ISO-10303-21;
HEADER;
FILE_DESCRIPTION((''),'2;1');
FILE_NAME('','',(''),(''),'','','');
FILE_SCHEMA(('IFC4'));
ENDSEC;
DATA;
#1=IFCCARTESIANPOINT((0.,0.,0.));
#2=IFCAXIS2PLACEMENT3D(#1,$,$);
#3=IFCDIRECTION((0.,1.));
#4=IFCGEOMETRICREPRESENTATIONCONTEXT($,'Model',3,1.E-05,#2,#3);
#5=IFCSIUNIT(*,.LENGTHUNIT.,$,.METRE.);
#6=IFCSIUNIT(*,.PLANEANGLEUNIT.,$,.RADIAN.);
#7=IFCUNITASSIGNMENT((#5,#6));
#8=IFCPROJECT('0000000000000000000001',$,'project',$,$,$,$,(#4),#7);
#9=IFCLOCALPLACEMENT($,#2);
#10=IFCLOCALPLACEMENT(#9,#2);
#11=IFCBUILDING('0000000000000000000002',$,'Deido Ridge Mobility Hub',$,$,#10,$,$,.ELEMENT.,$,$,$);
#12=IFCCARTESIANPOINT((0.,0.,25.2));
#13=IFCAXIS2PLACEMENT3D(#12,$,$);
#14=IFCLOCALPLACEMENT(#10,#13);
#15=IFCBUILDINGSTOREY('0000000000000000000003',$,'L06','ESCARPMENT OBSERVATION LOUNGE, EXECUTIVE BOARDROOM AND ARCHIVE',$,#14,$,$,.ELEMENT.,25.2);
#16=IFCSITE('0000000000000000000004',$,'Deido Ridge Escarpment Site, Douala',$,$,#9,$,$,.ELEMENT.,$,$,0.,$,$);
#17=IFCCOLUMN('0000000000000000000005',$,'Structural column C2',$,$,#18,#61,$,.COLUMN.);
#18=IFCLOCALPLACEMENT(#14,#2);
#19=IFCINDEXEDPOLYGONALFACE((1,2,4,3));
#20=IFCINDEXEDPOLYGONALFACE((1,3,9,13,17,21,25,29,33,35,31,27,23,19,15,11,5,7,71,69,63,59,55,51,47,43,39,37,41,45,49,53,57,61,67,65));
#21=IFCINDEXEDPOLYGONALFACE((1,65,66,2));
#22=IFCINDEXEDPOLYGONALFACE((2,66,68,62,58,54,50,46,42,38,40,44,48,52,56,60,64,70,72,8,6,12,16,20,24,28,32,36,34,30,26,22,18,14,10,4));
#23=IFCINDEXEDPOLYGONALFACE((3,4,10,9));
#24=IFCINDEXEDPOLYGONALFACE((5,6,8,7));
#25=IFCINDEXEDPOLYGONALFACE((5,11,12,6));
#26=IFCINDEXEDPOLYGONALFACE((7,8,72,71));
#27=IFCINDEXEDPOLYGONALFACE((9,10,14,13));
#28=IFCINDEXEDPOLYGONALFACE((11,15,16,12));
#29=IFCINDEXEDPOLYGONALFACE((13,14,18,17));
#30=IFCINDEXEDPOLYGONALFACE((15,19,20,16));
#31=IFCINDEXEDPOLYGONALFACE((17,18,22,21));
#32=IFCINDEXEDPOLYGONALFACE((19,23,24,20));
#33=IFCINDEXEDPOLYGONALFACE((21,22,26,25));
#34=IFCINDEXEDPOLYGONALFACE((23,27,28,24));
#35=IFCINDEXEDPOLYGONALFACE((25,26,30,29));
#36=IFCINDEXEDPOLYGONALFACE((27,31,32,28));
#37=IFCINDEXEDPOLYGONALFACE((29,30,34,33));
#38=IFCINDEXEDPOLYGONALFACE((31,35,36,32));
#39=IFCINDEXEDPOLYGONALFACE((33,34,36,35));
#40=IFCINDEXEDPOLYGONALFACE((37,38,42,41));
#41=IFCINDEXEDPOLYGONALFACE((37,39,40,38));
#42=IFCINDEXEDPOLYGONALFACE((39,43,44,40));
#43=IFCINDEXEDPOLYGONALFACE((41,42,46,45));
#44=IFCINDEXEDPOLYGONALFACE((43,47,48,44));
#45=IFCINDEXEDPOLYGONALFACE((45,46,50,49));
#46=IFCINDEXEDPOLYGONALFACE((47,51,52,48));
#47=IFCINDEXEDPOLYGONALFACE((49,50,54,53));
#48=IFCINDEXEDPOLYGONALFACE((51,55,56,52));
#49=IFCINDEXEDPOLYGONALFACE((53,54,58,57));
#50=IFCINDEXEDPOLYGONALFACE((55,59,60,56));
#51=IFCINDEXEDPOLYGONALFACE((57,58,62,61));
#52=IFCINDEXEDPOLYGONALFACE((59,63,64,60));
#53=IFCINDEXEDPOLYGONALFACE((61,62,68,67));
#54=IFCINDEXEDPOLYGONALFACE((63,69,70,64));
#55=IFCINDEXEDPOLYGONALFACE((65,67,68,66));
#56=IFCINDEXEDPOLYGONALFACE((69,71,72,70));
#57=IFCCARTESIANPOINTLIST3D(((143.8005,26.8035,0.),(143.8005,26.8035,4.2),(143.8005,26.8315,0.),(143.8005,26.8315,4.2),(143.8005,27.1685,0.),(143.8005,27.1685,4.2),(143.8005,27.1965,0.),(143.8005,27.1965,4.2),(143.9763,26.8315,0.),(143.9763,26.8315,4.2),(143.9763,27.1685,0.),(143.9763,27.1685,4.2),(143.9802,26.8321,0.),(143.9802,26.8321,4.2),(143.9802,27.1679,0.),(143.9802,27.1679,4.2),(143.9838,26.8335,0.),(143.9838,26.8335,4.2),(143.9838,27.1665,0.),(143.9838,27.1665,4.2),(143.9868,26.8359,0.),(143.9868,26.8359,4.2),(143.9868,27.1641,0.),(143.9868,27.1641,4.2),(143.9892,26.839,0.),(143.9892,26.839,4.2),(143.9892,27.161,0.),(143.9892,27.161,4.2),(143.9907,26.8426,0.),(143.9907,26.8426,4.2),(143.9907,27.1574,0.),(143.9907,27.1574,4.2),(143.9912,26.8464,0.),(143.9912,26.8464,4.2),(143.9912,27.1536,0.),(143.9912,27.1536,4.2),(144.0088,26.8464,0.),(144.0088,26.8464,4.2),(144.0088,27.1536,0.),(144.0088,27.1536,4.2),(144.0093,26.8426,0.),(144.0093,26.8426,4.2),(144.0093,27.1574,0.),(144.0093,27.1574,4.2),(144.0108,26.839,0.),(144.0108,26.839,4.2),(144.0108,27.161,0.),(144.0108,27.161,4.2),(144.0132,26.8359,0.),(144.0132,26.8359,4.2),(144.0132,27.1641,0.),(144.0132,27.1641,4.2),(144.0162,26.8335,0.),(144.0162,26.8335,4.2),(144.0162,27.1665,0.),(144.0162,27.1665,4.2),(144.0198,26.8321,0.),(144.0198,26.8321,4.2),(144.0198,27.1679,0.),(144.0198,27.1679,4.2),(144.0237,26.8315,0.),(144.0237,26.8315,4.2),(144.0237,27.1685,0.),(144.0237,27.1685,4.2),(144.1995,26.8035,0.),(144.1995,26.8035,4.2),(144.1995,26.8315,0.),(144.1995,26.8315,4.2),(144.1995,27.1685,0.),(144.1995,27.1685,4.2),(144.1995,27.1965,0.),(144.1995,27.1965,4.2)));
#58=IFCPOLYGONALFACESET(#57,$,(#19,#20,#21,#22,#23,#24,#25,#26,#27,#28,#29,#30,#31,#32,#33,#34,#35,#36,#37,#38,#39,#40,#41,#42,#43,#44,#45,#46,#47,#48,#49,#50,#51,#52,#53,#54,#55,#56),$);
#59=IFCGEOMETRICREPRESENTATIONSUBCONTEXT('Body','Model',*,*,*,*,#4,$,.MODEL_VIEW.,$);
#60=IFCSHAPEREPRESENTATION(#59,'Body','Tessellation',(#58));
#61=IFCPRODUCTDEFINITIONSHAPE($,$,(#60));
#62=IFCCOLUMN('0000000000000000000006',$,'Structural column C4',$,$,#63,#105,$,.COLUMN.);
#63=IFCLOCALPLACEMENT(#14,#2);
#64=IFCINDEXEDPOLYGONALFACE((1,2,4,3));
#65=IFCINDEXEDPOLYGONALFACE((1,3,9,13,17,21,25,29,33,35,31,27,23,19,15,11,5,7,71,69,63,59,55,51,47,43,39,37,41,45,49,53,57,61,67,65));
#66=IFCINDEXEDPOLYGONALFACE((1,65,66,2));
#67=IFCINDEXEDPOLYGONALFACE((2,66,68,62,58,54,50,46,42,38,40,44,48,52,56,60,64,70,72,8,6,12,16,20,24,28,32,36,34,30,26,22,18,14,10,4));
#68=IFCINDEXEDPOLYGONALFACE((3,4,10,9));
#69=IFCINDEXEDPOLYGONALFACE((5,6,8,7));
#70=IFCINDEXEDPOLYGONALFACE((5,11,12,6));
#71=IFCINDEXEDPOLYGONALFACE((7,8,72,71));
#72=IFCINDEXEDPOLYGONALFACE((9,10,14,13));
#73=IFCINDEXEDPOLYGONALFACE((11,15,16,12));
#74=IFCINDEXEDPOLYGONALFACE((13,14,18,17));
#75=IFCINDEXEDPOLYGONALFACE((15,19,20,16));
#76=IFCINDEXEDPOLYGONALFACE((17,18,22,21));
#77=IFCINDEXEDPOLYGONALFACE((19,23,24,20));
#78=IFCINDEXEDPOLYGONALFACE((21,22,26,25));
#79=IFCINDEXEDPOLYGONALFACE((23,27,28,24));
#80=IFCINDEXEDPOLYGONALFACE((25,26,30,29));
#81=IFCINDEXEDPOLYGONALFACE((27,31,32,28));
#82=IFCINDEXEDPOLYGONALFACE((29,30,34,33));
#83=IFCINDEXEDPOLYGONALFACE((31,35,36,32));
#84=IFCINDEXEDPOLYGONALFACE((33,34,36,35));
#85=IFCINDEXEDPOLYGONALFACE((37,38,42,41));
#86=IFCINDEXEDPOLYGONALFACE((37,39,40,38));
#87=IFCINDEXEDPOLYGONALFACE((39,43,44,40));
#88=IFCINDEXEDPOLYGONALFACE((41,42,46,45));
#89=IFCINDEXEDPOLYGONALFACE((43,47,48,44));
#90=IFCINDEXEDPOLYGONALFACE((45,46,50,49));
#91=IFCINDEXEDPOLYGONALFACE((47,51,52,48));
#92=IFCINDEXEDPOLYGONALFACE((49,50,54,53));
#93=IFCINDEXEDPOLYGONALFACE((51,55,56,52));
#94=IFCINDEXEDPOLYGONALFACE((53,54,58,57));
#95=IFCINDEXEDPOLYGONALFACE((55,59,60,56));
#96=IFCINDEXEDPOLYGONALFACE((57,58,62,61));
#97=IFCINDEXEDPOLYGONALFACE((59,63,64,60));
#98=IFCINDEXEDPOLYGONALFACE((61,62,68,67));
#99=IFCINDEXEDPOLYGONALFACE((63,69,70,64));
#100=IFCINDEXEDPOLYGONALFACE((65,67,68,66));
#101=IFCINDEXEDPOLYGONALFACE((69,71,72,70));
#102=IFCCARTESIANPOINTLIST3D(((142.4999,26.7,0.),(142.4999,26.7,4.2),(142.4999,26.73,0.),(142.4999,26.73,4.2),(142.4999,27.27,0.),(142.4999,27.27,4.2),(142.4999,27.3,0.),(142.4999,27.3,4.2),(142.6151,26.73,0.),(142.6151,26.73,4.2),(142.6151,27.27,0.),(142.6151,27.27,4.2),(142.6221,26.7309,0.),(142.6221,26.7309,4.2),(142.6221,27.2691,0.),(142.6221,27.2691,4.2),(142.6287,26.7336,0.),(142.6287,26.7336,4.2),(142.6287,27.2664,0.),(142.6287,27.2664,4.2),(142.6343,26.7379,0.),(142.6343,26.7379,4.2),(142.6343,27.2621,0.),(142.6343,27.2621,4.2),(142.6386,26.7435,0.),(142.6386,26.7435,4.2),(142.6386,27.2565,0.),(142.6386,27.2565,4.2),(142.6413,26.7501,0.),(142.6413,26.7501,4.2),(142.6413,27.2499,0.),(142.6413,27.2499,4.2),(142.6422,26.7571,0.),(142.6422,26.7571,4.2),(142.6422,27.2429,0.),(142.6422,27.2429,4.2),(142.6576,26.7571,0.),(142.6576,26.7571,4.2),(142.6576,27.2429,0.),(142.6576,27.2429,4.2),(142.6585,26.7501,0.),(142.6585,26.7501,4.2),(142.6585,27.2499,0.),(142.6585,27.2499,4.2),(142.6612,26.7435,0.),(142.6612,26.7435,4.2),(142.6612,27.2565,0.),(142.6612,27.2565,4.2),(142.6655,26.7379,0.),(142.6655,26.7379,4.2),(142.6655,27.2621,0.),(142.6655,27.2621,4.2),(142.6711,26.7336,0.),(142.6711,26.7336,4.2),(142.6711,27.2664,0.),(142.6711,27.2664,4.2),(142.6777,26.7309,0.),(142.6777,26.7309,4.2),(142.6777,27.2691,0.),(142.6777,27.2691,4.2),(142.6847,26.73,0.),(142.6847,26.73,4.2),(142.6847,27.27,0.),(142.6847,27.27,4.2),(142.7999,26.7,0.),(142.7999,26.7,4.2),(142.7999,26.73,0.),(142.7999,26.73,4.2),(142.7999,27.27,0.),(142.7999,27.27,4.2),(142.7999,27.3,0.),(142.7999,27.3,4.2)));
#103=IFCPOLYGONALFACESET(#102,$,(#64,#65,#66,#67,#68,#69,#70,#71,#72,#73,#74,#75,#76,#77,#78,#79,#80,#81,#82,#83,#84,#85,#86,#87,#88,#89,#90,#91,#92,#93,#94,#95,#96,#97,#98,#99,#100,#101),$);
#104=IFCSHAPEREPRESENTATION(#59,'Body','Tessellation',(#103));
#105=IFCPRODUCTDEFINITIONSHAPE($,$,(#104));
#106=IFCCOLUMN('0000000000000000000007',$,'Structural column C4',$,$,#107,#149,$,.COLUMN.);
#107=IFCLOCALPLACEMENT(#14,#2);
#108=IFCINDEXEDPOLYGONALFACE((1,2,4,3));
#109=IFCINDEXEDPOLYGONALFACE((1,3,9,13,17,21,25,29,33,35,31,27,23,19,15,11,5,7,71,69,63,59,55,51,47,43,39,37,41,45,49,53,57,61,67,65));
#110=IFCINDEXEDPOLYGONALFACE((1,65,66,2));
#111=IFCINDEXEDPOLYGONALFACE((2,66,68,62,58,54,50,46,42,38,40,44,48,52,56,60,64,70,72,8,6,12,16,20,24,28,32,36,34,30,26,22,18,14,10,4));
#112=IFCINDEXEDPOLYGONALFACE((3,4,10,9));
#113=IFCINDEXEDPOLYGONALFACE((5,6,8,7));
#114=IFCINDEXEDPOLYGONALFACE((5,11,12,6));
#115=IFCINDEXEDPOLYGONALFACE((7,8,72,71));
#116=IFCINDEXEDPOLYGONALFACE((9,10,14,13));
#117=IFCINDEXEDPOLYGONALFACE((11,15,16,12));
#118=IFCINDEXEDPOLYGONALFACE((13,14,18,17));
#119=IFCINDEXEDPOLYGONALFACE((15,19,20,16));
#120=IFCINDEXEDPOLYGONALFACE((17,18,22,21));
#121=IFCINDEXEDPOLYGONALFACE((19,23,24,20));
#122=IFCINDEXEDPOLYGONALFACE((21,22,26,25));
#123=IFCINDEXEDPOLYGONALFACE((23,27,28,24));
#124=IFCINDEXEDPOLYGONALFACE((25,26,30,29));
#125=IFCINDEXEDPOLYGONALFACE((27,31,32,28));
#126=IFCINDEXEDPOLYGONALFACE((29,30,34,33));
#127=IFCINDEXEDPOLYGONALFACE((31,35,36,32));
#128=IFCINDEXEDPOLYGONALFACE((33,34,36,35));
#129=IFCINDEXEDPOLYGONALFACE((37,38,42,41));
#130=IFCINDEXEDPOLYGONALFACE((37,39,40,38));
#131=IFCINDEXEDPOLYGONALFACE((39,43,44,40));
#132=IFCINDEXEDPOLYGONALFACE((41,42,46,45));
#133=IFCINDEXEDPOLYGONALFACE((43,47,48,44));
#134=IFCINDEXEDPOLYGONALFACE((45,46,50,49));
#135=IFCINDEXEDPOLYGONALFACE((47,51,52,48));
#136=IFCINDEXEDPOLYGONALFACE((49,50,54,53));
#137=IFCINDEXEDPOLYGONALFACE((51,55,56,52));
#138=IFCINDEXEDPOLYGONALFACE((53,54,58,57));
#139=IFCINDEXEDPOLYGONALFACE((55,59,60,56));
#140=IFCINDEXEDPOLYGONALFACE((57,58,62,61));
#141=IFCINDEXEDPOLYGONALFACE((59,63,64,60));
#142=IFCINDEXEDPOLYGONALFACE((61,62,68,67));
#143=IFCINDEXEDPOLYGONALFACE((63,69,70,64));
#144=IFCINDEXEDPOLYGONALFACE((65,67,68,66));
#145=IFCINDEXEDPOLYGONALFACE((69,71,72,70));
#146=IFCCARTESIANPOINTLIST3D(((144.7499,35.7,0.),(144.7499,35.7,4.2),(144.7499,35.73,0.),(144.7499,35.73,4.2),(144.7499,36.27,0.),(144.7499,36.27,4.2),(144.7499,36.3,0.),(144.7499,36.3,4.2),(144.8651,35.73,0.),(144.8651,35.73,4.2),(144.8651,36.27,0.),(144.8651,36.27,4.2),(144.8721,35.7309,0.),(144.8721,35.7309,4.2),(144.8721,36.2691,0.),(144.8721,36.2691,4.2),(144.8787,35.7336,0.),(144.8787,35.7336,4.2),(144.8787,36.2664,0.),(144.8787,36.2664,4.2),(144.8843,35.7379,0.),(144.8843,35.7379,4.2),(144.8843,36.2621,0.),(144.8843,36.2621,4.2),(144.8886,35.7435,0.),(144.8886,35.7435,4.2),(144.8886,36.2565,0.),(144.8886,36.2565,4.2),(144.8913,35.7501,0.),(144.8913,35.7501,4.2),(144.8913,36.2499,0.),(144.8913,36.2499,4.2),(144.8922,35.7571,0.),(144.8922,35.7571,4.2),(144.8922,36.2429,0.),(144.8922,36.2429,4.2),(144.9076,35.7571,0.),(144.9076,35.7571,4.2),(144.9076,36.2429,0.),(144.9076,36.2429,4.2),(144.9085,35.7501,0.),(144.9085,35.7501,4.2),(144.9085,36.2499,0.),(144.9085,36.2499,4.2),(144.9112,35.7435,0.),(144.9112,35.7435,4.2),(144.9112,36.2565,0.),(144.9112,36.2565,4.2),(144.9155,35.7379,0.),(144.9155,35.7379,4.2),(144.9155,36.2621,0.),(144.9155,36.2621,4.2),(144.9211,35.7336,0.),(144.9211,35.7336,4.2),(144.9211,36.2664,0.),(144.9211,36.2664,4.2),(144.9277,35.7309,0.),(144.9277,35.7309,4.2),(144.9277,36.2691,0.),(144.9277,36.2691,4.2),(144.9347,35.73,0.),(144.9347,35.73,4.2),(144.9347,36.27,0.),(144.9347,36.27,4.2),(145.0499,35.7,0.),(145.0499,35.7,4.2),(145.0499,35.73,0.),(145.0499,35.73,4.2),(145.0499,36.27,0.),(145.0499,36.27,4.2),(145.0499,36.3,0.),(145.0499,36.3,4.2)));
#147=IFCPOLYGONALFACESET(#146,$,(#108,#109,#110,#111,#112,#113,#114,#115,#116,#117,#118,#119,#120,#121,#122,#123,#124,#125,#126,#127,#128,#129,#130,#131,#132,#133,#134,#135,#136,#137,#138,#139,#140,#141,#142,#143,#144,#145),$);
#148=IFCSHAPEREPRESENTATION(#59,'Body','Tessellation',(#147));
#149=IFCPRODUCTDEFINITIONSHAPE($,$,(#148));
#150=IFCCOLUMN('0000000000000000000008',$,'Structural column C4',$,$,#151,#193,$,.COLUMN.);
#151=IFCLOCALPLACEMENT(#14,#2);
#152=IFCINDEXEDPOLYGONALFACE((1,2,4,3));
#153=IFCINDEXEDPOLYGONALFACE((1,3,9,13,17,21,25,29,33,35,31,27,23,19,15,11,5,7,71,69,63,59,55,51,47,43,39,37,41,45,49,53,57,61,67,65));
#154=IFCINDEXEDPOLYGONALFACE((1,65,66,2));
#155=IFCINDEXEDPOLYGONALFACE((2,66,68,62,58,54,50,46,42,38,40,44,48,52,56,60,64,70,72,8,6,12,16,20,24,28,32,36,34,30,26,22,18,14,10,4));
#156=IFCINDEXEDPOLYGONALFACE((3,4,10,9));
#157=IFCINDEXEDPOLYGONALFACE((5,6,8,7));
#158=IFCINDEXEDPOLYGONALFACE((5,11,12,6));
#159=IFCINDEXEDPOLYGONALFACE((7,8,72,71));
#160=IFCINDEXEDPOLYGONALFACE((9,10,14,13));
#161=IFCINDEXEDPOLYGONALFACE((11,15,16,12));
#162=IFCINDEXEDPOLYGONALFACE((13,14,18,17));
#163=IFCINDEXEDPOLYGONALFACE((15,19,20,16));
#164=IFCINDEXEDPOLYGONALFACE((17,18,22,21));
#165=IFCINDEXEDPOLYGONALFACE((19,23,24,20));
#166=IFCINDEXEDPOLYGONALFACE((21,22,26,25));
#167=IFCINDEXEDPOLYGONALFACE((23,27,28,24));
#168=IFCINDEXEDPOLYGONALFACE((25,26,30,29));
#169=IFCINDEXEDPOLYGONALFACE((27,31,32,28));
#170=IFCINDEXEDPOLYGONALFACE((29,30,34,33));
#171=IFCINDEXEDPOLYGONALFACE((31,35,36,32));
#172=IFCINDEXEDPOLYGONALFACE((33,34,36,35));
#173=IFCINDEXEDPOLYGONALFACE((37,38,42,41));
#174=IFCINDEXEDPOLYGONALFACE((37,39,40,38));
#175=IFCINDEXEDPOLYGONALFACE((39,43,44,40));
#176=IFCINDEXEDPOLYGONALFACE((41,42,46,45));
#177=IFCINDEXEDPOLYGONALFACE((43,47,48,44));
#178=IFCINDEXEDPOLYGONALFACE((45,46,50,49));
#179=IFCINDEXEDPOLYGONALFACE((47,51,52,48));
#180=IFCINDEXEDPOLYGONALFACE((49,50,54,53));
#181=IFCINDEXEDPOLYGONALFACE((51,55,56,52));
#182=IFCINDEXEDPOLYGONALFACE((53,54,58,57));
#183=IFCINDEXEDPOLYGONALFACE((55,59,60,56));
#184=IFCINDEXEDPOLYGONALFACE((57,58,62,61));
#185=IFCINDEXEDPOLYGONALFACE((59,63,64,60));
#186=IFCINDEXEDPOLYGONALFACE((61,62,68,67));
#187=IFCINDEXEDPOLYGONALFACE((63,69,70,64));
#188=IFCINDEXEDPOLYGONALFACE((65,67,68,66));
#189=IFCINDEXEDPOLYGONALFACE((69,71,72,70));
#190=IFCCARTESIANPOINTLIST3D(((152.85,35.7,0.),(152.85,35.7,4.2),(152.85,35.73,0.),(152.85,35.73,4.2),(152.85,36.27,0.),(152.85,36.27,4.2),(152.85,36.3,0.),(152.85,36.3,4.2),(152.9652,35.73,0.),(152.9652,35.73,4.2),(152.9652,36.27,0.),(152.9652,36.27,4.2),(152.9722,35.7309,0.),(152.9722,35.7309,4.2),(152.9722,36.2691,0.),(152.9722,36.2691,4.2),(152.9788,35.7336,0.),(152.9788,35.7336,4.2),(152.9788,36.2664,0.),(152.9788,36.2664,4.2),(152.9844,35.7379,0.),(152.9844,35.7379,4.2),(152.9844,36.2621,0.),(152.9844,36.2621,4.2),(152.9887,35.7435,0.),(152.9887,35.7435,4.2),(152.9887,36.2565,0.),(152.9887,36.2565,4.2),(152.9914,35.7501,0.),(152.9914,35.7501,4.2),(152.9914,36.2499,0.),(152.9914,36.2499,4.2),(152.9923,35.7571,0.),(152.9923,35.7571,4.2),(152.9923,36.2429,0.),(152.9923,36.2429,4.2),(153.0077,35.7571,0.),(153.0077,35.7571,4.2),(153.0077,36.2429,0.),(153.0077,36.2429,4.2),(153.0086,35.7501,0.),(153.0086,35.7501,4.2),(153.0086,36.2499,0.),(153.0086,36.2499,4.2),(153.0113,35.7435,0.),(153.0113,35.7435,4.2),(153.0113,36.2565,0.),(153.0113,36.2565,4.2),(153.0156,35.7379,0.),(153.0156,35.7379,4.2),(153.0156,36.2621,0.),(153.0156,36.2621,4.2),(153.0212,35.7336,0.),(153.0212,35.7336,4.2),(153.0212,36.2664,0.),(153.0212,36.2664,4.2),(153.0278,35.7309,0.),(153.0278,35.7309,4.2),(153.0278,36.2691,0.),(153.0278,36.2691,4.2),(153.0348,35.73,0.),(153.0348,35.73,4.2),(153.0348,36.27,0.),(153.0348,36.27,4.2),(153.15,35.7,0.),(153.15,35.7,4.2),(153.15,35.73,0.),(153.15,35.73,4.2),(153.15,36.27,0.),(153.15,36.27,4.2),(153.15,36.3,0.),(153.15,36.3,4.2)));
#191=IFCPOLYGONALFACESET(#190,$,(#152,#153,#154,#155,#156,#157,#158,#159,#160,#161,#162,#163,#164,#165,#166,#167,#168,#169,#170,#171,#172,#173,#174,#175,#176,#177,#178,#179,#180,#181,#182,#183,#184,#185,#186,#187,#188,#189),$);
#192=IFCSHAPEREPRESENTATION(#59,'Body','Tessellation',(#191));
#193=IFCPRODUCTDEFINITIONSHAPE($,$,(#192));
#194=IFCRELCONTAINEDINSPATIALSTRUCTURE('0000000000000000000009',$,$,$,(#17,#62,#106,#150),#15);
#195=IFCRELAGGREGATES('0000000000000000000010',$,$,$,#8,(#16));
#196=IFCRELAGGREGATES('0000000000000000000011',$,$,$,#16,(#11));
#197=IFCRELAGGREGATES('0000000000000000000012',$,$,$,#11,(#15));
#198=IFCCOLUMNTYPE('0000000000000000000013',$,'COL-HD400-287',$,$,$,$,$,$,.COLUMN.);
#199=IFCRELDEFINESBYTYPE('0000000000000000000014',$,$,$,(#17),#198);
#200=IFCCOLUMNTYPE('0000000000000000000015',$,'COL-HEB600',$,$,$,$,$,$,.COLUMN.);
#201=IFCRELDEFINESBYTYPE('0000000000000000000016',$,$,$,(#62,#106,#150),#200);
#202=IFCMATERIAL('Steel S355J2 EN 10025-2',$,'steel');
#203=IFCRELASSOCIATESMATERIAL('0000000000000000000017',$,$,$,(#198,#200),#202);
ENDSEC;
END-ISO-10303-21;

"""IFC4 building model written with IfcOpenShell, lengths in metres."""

from ifc_helpers import new_model, si_unit, direction, frame, origin, origin_2d, place, context, subcontext, project, spatial, i_section, extrude, material, material_profile, profile_set, type_object, element, save


model = new_model("IFC4")

# Units and contexts
model_context = context("Model", 3, precision=1e-05, world=origin(), true_north=direction((0.0, 1.0)))
body_context = subcontext(model_context, "Body", "Model", "MODEL_VIEW")
ifc_project = project(units=[si_unit("LENGTHUNIT", "METRE"), si_unit("PLANEANGLEUNIT", "RADIAN")], contexts=[model_context])

# Site, building, storey
site_placement = place(None, origin())
site = spatial("IfcSite", under=ifc_project, at=site_placement, Name="Deido Ridge Escarpment Site, Douala", CompositionType="ELEMENT", RefElevation=0.0)
building_placement = place(site_placement, origin())
building = spatial("IfcBuilding", under=site, at=building_placement, Name="Deido Ridge Mobility Hub", CompositionType="ELEMENT")
storey_placement = place(building_placement, frame((0.0, 0.0, 25.2)))
storey = spatial("IfcBuildingStorey", under=building, at=storey_placement, Name="L06", Description="ESCARPMENT OBSERVATION LOUNGE, EXECUTIVE BOARDROOM AND ARCHIVE", CompositionType="ELEMENT", Elevation=25.2)

# Columns
ifc_material_1 = material(Name="Steel S355J2 EN 10025-2", Category="steel")
ifc_material_profile_1 = material_profile(ifc_material_1, i_section(OverallWidth=0.3989, OverallDepth=0.3931, WebThickness=0.0176, FlangeThickness=0.0281, FilletRadius=0.0149, at=origin_2d()), Name="HD 400x287")
ifc_profile_set_1 = profile_set([ifc_material_profile_1], Name="Steel S355J2 EN 10025-2")
column_type_1 = type_object("IfcColumnType", Name="COL-HD400-287", PredefinedType="COLUMN", material=ifc_profile_set_1)
column_placement = place(storey_placement, frame((144.0, 27.0, 0.0), z_axis=(0.0, 0.0, 1.0), x_axis=(1.0, 0.0, 0.0)))
element("IfcColumn", 1, at=column_placement, inside=storey, type_object=column_type_1, Name="Structural column C2", PredefinedType="COLUMN", context=body_context, shape_type="SweptSolid", body=[
    extrude(i_section(OverallWidth=0.3989, OverallDepth=0.3931, WebThickness=0.0176, FlangeThickness=0.0281, FilletRadius=0.0149, at=origin_2d()), origin(), (0.0, 0.0, 1.0), 4.2),
])
ifc_material_profile_2 = material_profile(ifc_material_1, i_section(OverallWidth=0.3, OverallDepth=0.6001, WebThickness=0.0154, FlangeThickness=0.03, FilletRadius=0.0271, at=origin_2d()), Name="HEB 600")
ifc_profile_set_2 = profile_set([ifc_material_profile_2], Name="Steel S355J2 EN 10025-2")
column_type_2 = type_object("IfcColumnType", Name="COL-HEB600", PredefinedType="COLUMN", material=ifc_profile_set_2)
for number, where, z_axis, x_axis, name in (
    (2, (142.6499, 27.0, 0.0), (0.0, 0.0, 1.0), (1.0, 0.0, 0.0), "Structural column C4"),
    (3, (144.8999, 36.0, 0.0), (0.0, 0.0, 1.0), (1.0, 0.0, 0.0), "Structural column C4"),
    (4, (153.0, 36.0, 0.0), (0.0, 0.0, 1.0), (1.0, 0.0, 0.0), "Structural column C4"),
):
    element("IfcColumn", number, at=place(storey_placement, frame(where, z_axis=z_axis, x_axis=x_axis)), inside=storey, type_object=column_type_2, Name=name, PredefinedType="COLUMN", context=body_context, shape_type="SweptSolid", body=[
        extrude(i_section(OverallWidth=0.3, OverallDepth=0.6001, WebThickness=0.0154, FlangeThickness=0.03, FilletRadius=0.0271, at=origin_2d()), origin(), (0.0, 0.0, 1.0), 4.2),
    ])

save(model, "model.ifc")
